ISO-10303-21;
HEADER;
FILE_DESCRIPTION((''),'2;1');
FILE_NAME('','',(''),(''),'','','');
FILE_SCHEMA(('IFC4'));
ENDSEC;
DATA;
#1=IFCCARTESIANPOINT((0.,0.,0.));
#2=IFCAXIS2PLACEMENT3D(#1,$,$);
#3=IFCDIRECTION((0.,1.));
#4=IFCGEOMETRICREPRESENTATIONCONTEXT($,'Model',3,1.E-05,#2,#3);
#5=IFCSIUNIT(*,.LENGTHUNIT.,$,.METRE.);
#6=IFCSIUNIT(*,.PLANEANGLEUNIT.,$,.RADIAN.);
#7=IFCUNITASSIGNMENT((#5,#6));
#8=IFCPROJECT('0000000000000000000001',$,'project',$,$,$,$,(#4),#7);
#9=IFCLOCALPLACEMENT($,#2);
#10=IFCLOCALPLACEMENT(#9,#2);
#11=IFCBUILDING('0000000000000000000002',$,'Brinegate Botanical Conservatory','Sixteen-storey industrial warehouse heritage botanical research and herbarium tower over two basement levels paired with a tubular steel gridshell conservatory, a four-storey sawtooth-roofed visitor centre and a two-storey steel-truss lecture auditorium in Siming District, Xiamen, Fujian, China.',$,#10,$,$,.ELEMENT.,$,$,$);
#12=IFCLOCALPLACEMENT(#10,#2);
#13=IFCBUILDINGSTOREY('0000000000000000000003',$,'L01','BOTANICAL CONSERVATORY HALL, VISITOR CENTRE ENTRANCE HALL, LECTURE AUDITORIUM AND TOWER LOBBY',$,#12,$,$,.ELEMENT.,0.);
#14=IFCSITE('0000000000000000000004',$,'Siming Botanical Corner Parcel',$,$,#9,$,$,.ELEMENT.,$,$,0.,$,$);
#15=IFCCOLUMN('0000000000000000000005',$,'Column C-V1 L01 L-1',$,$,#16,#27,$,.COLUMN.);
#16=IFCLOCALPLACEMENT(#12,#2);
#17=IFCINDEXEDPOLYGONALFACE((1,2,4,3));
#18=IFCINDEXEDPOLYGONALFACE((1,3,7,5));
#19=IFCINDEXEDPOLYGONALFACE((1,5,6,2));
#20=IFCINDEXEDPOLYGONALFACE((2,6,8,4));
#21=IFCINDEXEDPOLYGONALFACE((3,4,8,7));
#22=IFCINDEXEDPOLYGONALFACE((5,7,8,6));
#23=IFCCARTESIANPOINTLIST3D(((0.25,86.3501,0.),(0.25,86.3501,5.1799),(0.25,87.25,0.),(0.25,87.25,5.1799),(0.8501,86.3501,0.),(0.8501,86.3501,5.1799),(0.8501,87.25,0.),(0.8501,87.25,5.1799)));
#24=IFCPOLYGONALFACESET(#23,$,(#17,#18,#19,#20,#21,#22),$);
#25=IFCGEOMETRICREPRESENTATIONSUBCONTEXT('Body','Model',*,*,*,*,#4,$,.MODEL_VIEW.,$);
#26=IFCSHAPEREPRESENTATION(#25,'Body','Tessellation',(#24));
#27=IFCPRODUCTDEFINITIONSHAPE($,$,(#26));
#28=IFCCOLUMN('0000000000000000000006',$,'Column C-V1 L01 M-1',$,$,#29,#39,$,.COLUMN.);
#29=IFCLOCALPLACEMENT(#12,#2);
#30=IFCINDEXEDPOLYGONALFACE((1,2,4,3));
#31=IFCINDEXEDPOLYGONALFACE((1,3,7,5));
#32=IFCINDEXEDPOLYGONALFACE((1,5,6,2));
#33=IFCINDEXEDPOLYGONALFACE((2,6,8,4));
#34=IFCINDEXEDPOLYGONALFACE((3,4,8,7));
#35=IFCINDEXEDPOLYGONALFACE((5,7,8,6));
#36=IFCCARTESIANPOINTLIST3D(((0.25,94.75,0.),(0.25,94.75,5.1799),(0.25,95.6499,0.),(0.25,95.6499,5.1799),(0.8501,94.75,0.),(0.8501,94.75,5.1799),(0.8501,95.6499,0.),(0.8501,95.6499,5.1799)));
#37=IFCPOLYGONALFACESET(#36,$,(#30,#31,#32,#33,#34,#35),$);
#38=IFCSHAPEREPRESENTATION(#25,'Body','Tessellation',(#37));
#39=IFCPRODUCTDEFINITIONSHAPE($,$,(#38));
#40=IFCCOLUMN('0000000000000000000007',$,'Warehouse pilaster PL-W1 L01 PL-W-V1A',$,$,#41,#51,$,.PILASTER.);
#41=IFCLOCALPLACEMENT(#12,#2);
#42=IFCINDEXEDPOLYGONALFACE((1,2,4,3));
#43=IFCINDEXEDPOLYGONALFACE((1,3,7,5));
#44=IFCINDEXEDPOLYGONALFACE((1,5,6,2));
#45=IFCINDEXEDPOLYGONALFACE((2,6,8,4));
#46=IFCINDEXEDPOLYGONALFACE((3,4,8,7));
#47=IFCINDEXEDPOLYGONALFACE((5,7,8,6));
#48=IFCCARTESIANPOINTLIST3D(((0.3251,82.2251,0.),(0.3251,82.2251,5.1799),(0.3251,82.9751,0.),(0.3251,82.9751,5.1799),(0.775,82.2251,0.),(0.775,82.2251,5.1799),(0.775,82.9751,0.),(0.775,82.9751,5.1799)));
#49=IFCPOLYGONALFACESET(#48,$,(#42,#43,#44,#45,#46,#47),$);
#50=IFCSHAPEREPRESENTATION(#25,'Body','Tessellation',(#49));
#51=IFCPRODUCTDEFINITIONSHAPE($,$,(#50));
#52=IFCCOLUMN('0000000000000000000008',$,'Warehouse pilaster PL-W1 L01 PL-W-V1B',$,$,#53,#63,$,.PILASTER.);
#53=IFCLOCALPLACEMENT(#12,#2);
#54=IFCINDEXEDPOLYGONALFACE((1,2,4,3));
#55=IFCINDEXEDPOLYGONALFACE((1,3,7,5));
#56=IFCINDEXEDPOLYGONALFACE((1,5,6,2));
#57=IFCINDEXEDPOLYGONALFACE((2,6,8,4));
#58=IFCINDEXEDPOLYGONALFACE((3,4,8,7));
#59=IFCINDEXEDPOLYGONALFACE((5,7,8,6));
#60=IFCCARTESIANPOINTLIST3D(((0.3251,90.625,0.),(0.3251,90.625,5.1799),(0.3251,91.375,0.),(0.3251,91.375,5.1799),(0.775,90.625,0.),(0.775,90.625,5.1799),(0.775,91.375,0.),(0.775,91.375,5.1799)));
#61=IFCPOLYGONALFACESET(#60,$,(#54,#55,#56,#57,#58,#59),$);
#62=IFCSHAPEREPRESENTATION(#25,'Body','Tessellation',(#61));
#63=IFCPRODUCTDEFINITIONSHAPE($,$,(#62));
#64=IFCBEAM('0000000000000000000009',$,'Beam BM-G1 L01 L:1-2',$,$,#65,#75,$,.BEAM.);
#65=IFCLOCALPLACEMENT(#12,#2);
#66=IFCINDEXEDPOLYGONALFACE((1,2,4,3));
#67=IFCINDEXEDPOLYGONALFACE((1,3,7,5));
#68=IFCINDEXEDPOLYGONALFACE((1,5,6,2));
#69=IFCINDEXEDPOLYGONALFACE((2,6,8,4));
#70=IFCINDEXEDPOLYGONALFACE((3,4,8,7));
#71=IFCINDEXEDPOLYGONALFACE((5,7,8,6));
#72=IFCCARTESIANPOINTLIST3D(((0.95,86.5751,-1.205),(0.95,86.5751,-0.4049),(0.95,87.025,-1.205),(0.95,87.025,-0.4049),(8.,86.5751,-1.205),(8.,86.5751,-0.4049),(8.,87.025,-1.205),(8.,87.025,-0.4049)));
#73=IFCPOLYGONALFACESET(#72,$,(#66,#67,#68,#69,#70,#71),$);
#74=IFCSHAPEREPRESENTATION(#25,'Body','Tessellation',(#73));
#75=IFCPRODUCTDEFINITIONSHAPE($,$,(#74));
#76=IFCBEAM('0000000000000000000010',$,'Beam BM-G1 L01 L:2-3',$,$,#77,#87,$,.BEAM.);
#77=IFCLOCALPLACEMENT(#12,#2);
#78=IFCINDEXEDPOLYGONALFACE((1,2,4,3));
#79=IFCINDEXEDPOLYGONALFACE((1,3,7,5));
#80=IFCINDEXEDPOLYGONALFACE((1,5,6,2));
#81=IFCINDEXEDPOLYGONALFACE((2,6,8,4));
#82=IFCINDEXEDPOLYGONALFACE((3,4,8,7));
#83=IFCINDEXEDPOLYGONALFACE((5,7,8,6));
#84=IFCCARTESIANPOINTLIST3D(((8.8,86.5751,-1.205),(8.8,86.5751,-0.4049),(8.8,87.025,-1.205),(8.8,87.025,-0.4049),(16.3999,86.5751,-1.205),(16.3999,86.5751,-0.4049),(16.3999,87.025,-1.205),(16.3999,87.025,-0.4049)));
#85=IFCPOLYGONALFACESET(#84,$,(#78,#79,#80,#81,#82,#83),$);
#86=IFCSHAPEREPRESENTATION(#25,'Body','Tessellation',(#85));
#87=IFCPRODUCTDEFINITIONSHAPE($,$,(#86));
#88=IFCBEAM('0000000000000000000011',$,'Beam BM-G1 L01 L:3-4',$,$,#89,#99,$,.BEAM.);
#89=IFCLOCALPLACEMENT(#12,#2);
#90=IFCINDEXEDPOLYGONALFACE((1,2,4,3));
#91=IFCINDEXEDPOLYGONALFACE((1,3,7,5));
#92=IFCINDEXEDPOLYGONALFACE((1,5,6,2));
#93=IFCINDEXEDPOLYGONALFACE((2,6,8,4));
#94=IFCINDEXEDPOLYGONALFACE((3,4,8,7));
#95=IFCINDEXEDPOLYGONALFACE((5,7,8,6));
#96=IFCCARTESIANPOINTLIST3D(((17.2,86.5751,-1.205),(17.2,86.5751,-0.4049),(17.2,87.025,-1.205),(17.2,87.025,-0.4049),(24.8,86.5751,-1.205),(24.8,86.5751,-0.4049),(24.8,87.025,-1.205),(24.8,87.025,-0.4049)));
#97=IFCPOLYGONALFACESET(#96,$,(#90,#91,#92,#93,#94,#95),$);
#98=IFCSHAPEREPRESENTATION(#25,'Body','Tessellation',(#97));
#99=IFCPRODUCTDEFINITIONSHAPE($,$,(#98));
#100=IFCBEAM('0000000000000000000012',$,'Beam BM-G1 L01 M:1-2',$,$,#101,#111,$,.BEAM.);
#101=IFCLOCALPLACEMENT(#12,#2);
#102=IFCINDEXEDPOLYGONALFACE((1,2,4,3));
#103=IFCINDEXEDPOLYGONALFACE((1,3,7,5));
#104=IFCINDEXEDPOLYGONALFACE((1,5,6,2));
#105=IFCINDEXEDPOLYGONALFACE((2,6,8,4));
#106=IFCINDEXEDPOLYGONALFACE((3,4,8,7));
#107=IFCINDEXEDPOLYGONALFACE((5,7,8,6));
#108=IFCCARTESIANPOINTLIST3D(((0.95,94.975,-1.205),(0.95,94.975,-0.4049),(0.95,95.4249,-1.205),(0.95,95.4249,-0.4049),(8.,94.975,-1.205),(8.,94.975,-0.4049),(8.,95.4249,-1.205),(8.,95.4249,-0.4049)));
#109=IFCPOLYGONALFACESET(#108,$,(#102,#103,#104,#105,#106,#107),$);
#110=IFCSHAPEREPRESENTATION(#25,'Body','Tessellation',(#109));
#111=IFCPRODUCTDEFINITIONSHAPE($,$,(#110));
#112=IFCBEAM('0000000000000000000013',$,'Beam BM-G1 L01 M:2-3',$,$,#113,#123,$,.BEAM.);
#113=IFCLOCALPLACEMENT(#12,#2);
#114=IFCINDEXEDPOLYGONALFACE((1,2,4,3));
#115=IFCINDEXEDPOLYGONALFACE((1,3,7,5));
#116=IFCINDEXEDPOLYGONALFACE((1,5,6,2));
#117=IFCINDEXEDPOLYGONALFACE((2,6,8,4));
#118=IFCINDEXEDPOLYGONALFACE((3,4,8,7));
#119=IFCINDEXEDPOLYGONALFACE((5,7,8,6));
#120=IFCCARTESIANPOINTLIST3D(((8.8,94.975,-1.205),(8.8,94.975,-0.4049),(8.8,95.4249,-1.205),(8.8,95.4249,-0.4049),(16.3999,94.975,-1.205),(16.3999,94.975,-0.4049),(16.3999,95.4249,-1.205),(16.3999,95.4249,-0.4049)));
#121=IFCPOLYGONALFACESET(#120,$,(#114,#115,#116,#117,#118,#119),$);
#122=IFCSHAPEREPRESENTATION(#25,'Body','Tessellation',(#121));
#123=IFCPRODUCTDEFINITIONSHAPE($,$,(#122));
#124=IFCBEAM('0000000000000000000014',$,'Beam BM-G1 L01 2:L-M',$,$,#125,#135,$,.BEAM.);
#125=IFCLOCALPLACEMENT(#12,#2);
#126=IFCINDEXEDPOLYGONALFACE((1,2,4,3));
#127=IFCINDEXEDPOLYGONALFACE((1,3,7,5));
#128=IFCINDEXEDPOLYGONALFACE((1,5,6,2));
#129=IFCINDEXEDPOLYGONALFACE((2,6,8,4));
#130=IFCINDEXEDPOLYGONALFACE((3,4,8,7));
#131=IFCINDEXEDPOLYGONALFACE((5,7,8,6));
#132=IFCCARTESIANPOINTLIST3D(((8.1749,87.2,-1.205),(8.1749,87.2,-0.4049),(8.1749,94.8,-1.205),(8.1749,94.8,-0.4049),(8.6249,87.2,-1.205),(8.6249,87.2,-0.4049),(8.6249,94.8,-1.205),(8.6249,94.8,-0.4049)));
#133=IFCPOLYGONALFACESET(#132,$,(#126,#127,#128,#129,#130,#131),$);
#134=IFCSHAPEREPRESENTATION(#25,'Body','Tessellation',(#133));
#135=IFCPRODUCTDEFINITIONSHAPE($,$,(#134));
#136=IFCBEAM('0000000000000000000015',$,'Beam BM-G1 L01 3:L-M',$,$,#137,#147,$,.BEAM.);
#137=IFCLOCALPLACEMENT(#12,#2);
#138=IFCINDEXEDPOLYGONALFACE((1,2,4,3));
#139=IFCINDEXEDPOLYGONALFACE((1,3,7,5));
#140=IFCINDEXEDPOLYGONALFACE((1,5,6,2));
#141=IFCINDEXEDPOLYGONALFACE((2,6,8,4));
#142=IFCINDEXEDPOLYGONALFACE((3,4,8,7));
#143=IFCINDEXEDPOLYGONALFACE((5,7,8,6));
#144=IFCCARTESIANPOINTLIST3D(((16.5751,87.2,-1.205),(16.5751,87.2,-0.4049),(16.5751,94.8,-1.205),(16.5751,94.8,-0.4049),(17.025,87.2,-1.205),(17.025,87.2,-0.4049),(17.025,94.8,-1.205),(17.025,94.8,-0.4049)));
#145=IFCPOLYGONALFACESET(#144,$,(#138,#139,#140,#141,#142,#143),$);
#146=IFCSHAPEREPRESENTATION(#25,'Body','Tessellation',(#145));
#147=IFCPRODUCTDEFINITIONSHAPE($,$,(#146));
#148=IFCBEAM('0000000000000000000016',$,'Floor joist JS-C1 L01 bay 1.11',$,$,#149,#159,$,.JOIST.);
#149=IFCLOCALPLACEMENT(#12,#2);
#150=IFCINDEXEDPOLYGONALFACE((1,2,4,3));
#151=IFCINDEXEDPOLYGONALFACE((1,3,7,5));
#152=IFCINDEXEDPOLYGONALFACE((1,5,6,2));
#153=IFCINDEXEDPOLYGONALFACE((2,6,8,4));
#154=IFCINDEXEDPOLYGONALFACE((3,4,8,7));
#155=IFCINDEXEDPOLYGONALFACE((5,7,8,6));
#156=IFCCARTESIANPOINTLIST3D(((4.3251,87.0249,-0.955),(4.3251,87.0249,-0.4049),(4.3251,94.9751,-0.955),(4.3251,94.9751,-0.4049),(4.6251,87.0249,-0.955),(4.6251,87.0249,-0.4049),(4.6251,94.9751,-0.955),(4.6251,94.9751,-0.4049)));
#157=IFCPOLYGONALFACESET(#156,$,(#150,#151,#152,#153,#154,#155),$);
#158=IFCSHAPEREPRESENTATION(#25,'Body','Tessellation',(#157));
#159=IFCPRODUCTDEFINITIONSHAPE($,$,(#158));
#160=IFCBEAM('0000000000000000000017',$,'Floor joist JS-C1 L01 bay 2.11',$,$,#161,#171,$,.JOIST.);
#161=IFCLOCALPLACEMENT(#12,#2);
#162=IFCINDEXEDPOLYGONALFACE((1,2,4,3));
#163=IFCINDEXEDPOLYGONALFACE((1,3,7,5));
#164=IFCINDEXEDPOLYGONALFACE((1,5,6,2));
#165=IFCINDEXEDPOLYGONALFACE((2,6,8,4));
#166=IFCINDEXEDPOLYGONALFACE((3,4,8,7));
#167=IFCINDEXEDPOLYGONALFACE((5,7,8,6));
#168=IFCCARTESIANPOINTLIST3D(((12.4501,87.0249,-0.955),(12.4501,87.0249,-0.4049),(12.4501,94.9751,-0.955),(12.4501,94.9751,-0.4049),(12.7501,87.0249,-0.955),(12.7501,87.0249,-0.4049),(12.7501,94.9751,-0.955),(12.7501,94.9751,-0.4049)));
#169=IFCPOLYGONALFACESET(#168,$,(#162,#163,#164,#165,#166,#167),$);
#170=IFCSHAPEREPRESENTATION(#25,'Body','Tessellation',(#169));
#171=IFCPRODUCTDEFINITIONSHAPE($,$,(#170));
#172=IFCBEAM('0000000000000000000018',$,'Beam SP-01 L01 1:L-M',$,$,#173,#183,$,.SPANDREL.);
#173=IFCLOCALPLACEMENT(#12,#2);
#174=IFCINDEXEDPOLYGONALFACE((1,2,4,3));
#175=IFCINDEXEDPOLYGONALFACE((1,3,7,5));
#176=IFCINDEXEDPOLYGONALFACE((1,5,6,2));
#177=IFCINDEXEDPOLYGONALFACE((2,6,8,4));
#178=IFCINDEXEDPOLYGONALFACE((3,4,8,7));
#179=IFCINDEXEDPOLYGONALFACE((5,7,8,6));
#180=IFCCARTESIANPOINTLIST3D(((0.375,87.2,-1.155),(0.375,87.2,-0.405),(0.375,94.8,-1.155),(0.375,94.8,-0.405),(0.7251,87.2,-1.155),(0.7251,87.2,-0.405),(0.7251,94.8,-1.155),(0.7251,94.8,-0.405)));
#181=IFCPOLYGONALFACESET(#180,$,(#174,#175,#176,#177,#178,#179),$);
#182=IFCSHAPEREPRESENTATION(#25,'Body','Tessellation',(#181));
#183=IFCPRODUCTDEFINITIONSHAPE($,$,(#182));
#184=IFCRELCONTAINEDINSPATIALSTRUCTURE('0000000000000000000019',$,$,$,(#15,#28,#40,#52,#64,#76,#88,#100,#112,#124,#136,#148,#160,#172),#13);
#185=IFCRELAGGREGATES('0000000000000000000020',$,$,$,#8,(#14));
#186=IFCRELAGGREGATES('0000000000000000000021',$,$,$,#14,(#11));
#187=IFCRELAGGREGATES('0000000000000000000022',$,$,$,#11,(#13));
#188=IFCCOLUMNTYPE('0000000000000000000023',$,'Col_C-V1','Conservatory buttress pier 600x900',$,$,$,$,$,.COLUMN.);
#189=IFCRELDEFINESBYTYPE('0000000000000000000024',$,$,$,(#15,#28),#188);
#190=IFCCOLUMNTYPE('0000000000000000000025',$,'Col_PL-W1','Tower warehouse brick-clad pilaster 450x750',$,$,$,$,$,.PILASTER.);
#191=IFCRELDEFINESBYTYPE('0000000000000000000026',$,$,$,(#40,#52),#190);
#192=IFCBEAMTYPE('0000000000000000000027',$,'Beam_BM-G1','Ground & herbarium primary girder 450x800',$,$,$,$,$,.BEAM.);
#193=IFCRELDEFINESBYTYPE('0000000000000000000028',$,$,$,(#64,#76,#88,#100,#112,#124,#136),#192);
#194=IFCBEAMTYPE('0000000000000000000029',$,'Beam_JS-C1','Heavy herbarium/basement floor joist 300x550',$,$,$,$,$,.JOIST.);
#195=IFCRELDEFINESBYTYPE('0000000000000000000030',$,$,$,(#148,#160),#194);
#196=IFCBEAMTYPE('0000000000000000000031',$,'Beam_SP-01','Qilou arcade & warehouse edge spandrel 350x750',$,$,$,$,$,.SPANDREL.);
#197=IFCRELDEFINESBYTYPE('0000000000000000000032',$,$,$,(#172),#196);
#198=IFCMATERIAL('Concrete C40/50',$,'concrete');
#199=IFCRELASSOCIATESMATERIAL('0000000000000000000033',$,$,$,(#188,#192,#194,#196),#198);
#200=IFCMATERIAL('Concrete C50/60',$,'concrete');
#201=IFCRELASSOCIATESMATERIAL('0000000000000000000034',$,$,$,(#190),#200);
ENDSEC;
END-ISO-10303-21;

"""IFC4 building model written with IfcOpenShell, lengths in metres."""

from ifc_helpers import new_model, si_unit, direction, frame, origin, origin_2d, place, context, subcontext, project, spatial, rectangle, extrude, material, material_profile, profile_set, type_object, element, save


model = new_model("IFC4")

# Units and contexts
model_context = context("Model", 3, precision=1e-05, world=origin(), true_north=direction((0.0, 1.0)))
body_context = subcontext(model_context, "Body", "Model", "MODEL_VIEW")
ifc_project = project(units=[si_unit("LENGTHUNIT", "METRE"), si_unit("PLANEANGLEUNIT", "RADIAN")], contexts=[model_context])

# Site, building, storey
site_placement = place(None, origin())
site = spatial("IfcSite", under=ifc_project, at=site_placement, Name="Siming Botanical Corner Parcel", CompositionType="ELEMENT", RefElevation=0.0)
building_placement = place(site_placement, origin())
building = spatial("IfcBuilding", under=site, at=building_placement, Name="Brinegate Botanical Conservatory", Description="Sixteen-storey industrial warehouse heritage botanical research and herbarium tower over two basement levels paired with a tubular steel gridshell conservatory, a four-storey sawtooth-roofed visitor centre and a two-storey steel-truss lecture auditorium in Siming District, Xiamen, Fujian, China.", CompositionType="ELEMENT")
storey_placement = place(building_placement, origin())
storey = spatial("IfcBuildingStorey", under=building, at=storey_placement, Name="L01", Description="BOTANICAL CONSERVATORY HALL, VISITOR CENTRE ENTRANCE HALL, LECTURE AUDITORIUM AND TOWER LOBBY", CompositionType="ELEMENT", Elevation=0.0)

# Columns
ifc_material_1 = material(Name="Concrete C40/50", Category="concrete")
ifc_material_profile_1 = material_profile(ifc_material_1, rectangle(XDim=0.6001, YDim=0.8999, at=origin_2d()), Name="RC PIER 600x900")
ifc_profile_set_1 = profile_set([ifc_material_profile_1], Name="Concrete C40/50")
column_type_1 = type_object("IfcColumnType", Name="Col_C-V1", Description="Conservatory buttress pier 600x900", PredefinedType="COLUMN", material=ifc_profile_set_1)
for number, where, z_axis, x_axis, name in (
    (1, (0.55, 86.8, 0.0), (0.0, 0.0, 1.0), (1.0, 0.0, 0.0), "Column C-V1 L01 L-1"),
    (2, (0.55, 95.2, 0.0), (0.0, 0.0, 1.0), (1.0, 0.0, 0.0), "Column C-V1 L01 M-1"),
):
    element("IfcColumn", number, at=place(storey_placement, frame(where, z_axis=z_axis, x_axis=x_axis)), inside=storey, type_object=column_type_1, Name=name, PredefinedType="COLUMN", context=body_context, shape_type="SweptSolid", body=[
        extrude(rectangle(XDim=0.6001, YDim=0.8999, at=origin_2d()), origin(), (0.0, 0.0, 1.0), 5.1799),
    ])
ifc_material_2 = material(Name="Concrete C50/60", Category="concrete")
ifc_material_profile_2 = material_profile(ifc_material_2, rectangle(XDim=0.45, YDim=0.75, at=origin_2d()), Name="RC PILASTER 450x750")
ifc_profile_set_2 = profile_set([ifc_material_profile_2], Name="Concrete C50/60")
column_type_2 = type_object("IfcColumnType", Name="Col_PL-W1", Description="Tower warehouse brick-clad pilaster 450x750", PredefinedType="PILASTER", material=ifc_profile_set_2)
for number, where, z_axis, x_axis, name in (
    (3, (0.55, 82.6001, 0.0), (0.0, 0.0, 1.0), (1.0, 0.0, 0.0), "Warehouse pilaster PL-W1 L01 PL-W-V1A"),
    (4, (0.55, 91.0, 0.0), (0.0, 0.0, 1.0), (1.0, 0.0, 0.0), "Warehouse pilaster PL-W1 L01 PL-W-V1B"),
):
    element("IfcColumn", number, at=place(storey_placement, frame(where, z_axis=z_axis, x_axis=x_axis)), inside=storey, type_object=column_type_2, Name=name, PredefinedType="PILASTER", context=body_context, shape_type="SweptSolid", body=[
        extrude(rectangle(XDim=0.45, YDim=0.75, at=origin_2d()), origin(), (0.0, 0.0, 1.0), 5.1799),
    ])

# Beams
ifc_material_profile_3 = material_profile(ifc_material_1, rectangle(XDim=0.45, YDim=0.8, at=origin_2d()), Name="RC BM 450x800")
ifc_profile_set_3 = profile_set([ifc_material_profile_3], Name="Concrete C40/50")
beam_type_1 = type_object("IfcBeamType", Name="Beam_BM-G1", Description="Ground & herbarium primary girder 450x800", PredefinedType="BEAM", material=ifc_profile_set_3)
beam_1_placement = place(storey_placement, frame((0.95, 86.8, -0.8049), z_axis=(1.0, 0.0, 0.0), x_axis=(0.0, 1.0, 0.0)))
element("IfcBeam", 5, at=beam_1_placement, inside=storey, type_object=beam_type_1, Name="Beam BM-G1 L01 L:1-2", PredefinedType="BEAM", context=body_context, shape_type="SweptSolid", body=[
    extrude(rectangle(XDim=0.45, YDim=0.8, at=origin_2d()), origin(), (0.0, 0.0, 1.0), 7.05),
])
beam_2_placement = place(storey_placement, frame((8.8, 86.8, -0.8049), z_axis=(1.0, 0.0, 0.0), x_axis=(0.0, 1.0, 0.0)))
element("IfcBeam", 6, at=beam_2_placement, inside=storey, type_object=beam_type_1, Name="Beam BM-G1 L01 L:2-3", PredefinedType="BEAM", context=body_context, shape_type="SweptSolid", body=[
    extrude(rectangle(XDim=0.45, YDim=0.8, at=origin_2d()), origin(), (0.0, 0.0, 1.0), 7.5999),
])
beam_3_placement = place(storey_placement, frame((17.2, 86.8, -0.8049), z_axis=(1.0, 0.0, 0.0), x_axis=(0.0, 1.0, 0.0)))
element("IfcBeam", 7, at=beam_3_placement, inside=storey, type_object=beam_type_1, Name="Beam BM-G1 L01 L:3-4", PredefinedType="BEAM", context=body_context, shape_type="SweptSolid", body=[
    extrude(rectangle(XDim=0.45, YDim=0.8, at=origin_2d()), origin(), (0.0, 0.0, 1.0), 7.6001),
])
beam_4_placement = place(storey_placement, frame((0.95, 95.2, -0.8049), z_axis=(1.0, 0.0, 0.0), x_axis=(0.0, 1.0, 0.0)))
element("IfcBeam", 8, at=beam_4_placement, inside=storey, type_object=beam_type_1, Name="Beam BM-G1 L01 M:1-2", PredefinedType="BEAM", context=body_context, shape_type="SweptSolid", body=[
    extrude(rectangle(XDim=0.45, YDim=0.8, at=origin_2d()), origin(), (0.0, 0.0, 1.0), 7.05),
])
beam_5_placement = place(storey_placement, frame((8.8, 95.2, -0.8049), z_axis=(1.0, 0.0, 0.0), x_axis=(0.0, 1.0, 0.0)))
element("IfcBeam", 9, at=beam_5_placement, inside=storey, type_object=beam_type_1, Name="Beam BM-G1 L01 M:2-3", PredefinedType="BEAM", context=body_context, shape_type="SweptSolid", body=[
    extrude(rectangle(XDim=0.45, YDim=0.8, at=origin_2d()), origin(), (0.0, 0.0, 1.0), 7.5999),
])
for number, where, z_axis, x_axis, name in (
    (10, (8.3999, 87.2, -0.8049), (0.0, 1.0, 0.0), (-1.0, 0.0, 0.0), "Beam BM-G1 L01 2:L-M"),
    (11, (16.8, 87.2, -0.8049), (0.0, 1.0, 0.0), (-1.0, 0.0, 0.0), "Beam BM-G1 L01 3:L-M"),
):
    element("IfcBeam", number, at=place(storey_placement, frame(where, z_axis=z_axis, x_axis=x_axis)), inside=storey, type_object=beam_type_1, Name=name, PredefinedType="BEAM", context=body_context, shape_type="SweptSolid", body=[
        extrude(rectangle(XDim=0.45, YDim=0.8, at=origin_2d()), origin(), (0.0, 0.0, 1.0), 7.6001),
    ])
ifc_material_profile_4 = material_profile(ifc_material_1, rectangle(XDim=0.3, YDim=0.55, at=origin_2d()), Name="RC JST 300x550")
ifc_profile_set_4 = profile_set([ifc_material_profile_4], Name="Concrete C40/50")
beam_type_2 = type_object("IfcBeamType", Name="Beam_JS-C1", Description="Heavy herbarium/basement floor joist 300x550", PredefinedType="JOIST", material=ifc_profile_set_4)
for number, where, z_axis, x_axis, name in (
    (12, (4.4751, 87.0249, -0.6799), (0.0, 1.0, 0.0), (-1.0, 0.0, 0.0), "Floor joist JS-C1 L01 bay 1.11"),
    (13, (12.6001, 87.0249, -0.6799), (0.0, 1.0, 0.0), (-1.0, 0.0, 0.0), "Floor joist JS-C1 L01 bay 2.11"),
):
    element("IfcBeam", number, at=place(storey_placement, frame(where, z_axis=z_axis, x_axis=x_axis)), inside=storey, type_object=beam_type_2, Name=name, PredefinedType="JOIST", context=body_context, shape_type="SweptSolid", body=[
        extrude(rectangle(XDim=0.3, YDim=0.55, at=origin_2d()), origin(), (0.0, 0.0, 1.0), 7.9502),
    ])
ifc_material_profile_5 = material_profile(ifc_material_1, rectangle(XDim=0.3501, YDim=0.75, at=origin_2d()), Name="RC SPN 350x750")
ifc_profile_set_5 = profile_set([ifc_material_profile_5], Name="Concrete C40/50")
beam_type_3 = type_object("IfcBeamType", Name="Beam_SP-01", Description="Qilou arcade & warehouse edge spandrel 350x750", PredefinedType="SPANDREL", material=ifc_profile_set_5)
beam_6_placement = place(storey_placement, frame((0.55, 87.2, -0.78), z_axis=(0.0, 1.0, 0.0), x_axis=(-1.0, 0.0, 0.0)))
element("IfcBeam", 14, at=beam_6_placement, inside=storey, type_object=beam_type_3, Name="Beam SP-01 L01 1:L-M", PredefinedType="SPANDREL", context=body_context, shape_type="SweptSolid", body=[
    extrude(rectangle(XDim=0.3501, YDim=0.75, at=origin_2d()), origin(), (0.0, 0.0, 1.0), 7.6001),
])

save(model, "model.ifc")
